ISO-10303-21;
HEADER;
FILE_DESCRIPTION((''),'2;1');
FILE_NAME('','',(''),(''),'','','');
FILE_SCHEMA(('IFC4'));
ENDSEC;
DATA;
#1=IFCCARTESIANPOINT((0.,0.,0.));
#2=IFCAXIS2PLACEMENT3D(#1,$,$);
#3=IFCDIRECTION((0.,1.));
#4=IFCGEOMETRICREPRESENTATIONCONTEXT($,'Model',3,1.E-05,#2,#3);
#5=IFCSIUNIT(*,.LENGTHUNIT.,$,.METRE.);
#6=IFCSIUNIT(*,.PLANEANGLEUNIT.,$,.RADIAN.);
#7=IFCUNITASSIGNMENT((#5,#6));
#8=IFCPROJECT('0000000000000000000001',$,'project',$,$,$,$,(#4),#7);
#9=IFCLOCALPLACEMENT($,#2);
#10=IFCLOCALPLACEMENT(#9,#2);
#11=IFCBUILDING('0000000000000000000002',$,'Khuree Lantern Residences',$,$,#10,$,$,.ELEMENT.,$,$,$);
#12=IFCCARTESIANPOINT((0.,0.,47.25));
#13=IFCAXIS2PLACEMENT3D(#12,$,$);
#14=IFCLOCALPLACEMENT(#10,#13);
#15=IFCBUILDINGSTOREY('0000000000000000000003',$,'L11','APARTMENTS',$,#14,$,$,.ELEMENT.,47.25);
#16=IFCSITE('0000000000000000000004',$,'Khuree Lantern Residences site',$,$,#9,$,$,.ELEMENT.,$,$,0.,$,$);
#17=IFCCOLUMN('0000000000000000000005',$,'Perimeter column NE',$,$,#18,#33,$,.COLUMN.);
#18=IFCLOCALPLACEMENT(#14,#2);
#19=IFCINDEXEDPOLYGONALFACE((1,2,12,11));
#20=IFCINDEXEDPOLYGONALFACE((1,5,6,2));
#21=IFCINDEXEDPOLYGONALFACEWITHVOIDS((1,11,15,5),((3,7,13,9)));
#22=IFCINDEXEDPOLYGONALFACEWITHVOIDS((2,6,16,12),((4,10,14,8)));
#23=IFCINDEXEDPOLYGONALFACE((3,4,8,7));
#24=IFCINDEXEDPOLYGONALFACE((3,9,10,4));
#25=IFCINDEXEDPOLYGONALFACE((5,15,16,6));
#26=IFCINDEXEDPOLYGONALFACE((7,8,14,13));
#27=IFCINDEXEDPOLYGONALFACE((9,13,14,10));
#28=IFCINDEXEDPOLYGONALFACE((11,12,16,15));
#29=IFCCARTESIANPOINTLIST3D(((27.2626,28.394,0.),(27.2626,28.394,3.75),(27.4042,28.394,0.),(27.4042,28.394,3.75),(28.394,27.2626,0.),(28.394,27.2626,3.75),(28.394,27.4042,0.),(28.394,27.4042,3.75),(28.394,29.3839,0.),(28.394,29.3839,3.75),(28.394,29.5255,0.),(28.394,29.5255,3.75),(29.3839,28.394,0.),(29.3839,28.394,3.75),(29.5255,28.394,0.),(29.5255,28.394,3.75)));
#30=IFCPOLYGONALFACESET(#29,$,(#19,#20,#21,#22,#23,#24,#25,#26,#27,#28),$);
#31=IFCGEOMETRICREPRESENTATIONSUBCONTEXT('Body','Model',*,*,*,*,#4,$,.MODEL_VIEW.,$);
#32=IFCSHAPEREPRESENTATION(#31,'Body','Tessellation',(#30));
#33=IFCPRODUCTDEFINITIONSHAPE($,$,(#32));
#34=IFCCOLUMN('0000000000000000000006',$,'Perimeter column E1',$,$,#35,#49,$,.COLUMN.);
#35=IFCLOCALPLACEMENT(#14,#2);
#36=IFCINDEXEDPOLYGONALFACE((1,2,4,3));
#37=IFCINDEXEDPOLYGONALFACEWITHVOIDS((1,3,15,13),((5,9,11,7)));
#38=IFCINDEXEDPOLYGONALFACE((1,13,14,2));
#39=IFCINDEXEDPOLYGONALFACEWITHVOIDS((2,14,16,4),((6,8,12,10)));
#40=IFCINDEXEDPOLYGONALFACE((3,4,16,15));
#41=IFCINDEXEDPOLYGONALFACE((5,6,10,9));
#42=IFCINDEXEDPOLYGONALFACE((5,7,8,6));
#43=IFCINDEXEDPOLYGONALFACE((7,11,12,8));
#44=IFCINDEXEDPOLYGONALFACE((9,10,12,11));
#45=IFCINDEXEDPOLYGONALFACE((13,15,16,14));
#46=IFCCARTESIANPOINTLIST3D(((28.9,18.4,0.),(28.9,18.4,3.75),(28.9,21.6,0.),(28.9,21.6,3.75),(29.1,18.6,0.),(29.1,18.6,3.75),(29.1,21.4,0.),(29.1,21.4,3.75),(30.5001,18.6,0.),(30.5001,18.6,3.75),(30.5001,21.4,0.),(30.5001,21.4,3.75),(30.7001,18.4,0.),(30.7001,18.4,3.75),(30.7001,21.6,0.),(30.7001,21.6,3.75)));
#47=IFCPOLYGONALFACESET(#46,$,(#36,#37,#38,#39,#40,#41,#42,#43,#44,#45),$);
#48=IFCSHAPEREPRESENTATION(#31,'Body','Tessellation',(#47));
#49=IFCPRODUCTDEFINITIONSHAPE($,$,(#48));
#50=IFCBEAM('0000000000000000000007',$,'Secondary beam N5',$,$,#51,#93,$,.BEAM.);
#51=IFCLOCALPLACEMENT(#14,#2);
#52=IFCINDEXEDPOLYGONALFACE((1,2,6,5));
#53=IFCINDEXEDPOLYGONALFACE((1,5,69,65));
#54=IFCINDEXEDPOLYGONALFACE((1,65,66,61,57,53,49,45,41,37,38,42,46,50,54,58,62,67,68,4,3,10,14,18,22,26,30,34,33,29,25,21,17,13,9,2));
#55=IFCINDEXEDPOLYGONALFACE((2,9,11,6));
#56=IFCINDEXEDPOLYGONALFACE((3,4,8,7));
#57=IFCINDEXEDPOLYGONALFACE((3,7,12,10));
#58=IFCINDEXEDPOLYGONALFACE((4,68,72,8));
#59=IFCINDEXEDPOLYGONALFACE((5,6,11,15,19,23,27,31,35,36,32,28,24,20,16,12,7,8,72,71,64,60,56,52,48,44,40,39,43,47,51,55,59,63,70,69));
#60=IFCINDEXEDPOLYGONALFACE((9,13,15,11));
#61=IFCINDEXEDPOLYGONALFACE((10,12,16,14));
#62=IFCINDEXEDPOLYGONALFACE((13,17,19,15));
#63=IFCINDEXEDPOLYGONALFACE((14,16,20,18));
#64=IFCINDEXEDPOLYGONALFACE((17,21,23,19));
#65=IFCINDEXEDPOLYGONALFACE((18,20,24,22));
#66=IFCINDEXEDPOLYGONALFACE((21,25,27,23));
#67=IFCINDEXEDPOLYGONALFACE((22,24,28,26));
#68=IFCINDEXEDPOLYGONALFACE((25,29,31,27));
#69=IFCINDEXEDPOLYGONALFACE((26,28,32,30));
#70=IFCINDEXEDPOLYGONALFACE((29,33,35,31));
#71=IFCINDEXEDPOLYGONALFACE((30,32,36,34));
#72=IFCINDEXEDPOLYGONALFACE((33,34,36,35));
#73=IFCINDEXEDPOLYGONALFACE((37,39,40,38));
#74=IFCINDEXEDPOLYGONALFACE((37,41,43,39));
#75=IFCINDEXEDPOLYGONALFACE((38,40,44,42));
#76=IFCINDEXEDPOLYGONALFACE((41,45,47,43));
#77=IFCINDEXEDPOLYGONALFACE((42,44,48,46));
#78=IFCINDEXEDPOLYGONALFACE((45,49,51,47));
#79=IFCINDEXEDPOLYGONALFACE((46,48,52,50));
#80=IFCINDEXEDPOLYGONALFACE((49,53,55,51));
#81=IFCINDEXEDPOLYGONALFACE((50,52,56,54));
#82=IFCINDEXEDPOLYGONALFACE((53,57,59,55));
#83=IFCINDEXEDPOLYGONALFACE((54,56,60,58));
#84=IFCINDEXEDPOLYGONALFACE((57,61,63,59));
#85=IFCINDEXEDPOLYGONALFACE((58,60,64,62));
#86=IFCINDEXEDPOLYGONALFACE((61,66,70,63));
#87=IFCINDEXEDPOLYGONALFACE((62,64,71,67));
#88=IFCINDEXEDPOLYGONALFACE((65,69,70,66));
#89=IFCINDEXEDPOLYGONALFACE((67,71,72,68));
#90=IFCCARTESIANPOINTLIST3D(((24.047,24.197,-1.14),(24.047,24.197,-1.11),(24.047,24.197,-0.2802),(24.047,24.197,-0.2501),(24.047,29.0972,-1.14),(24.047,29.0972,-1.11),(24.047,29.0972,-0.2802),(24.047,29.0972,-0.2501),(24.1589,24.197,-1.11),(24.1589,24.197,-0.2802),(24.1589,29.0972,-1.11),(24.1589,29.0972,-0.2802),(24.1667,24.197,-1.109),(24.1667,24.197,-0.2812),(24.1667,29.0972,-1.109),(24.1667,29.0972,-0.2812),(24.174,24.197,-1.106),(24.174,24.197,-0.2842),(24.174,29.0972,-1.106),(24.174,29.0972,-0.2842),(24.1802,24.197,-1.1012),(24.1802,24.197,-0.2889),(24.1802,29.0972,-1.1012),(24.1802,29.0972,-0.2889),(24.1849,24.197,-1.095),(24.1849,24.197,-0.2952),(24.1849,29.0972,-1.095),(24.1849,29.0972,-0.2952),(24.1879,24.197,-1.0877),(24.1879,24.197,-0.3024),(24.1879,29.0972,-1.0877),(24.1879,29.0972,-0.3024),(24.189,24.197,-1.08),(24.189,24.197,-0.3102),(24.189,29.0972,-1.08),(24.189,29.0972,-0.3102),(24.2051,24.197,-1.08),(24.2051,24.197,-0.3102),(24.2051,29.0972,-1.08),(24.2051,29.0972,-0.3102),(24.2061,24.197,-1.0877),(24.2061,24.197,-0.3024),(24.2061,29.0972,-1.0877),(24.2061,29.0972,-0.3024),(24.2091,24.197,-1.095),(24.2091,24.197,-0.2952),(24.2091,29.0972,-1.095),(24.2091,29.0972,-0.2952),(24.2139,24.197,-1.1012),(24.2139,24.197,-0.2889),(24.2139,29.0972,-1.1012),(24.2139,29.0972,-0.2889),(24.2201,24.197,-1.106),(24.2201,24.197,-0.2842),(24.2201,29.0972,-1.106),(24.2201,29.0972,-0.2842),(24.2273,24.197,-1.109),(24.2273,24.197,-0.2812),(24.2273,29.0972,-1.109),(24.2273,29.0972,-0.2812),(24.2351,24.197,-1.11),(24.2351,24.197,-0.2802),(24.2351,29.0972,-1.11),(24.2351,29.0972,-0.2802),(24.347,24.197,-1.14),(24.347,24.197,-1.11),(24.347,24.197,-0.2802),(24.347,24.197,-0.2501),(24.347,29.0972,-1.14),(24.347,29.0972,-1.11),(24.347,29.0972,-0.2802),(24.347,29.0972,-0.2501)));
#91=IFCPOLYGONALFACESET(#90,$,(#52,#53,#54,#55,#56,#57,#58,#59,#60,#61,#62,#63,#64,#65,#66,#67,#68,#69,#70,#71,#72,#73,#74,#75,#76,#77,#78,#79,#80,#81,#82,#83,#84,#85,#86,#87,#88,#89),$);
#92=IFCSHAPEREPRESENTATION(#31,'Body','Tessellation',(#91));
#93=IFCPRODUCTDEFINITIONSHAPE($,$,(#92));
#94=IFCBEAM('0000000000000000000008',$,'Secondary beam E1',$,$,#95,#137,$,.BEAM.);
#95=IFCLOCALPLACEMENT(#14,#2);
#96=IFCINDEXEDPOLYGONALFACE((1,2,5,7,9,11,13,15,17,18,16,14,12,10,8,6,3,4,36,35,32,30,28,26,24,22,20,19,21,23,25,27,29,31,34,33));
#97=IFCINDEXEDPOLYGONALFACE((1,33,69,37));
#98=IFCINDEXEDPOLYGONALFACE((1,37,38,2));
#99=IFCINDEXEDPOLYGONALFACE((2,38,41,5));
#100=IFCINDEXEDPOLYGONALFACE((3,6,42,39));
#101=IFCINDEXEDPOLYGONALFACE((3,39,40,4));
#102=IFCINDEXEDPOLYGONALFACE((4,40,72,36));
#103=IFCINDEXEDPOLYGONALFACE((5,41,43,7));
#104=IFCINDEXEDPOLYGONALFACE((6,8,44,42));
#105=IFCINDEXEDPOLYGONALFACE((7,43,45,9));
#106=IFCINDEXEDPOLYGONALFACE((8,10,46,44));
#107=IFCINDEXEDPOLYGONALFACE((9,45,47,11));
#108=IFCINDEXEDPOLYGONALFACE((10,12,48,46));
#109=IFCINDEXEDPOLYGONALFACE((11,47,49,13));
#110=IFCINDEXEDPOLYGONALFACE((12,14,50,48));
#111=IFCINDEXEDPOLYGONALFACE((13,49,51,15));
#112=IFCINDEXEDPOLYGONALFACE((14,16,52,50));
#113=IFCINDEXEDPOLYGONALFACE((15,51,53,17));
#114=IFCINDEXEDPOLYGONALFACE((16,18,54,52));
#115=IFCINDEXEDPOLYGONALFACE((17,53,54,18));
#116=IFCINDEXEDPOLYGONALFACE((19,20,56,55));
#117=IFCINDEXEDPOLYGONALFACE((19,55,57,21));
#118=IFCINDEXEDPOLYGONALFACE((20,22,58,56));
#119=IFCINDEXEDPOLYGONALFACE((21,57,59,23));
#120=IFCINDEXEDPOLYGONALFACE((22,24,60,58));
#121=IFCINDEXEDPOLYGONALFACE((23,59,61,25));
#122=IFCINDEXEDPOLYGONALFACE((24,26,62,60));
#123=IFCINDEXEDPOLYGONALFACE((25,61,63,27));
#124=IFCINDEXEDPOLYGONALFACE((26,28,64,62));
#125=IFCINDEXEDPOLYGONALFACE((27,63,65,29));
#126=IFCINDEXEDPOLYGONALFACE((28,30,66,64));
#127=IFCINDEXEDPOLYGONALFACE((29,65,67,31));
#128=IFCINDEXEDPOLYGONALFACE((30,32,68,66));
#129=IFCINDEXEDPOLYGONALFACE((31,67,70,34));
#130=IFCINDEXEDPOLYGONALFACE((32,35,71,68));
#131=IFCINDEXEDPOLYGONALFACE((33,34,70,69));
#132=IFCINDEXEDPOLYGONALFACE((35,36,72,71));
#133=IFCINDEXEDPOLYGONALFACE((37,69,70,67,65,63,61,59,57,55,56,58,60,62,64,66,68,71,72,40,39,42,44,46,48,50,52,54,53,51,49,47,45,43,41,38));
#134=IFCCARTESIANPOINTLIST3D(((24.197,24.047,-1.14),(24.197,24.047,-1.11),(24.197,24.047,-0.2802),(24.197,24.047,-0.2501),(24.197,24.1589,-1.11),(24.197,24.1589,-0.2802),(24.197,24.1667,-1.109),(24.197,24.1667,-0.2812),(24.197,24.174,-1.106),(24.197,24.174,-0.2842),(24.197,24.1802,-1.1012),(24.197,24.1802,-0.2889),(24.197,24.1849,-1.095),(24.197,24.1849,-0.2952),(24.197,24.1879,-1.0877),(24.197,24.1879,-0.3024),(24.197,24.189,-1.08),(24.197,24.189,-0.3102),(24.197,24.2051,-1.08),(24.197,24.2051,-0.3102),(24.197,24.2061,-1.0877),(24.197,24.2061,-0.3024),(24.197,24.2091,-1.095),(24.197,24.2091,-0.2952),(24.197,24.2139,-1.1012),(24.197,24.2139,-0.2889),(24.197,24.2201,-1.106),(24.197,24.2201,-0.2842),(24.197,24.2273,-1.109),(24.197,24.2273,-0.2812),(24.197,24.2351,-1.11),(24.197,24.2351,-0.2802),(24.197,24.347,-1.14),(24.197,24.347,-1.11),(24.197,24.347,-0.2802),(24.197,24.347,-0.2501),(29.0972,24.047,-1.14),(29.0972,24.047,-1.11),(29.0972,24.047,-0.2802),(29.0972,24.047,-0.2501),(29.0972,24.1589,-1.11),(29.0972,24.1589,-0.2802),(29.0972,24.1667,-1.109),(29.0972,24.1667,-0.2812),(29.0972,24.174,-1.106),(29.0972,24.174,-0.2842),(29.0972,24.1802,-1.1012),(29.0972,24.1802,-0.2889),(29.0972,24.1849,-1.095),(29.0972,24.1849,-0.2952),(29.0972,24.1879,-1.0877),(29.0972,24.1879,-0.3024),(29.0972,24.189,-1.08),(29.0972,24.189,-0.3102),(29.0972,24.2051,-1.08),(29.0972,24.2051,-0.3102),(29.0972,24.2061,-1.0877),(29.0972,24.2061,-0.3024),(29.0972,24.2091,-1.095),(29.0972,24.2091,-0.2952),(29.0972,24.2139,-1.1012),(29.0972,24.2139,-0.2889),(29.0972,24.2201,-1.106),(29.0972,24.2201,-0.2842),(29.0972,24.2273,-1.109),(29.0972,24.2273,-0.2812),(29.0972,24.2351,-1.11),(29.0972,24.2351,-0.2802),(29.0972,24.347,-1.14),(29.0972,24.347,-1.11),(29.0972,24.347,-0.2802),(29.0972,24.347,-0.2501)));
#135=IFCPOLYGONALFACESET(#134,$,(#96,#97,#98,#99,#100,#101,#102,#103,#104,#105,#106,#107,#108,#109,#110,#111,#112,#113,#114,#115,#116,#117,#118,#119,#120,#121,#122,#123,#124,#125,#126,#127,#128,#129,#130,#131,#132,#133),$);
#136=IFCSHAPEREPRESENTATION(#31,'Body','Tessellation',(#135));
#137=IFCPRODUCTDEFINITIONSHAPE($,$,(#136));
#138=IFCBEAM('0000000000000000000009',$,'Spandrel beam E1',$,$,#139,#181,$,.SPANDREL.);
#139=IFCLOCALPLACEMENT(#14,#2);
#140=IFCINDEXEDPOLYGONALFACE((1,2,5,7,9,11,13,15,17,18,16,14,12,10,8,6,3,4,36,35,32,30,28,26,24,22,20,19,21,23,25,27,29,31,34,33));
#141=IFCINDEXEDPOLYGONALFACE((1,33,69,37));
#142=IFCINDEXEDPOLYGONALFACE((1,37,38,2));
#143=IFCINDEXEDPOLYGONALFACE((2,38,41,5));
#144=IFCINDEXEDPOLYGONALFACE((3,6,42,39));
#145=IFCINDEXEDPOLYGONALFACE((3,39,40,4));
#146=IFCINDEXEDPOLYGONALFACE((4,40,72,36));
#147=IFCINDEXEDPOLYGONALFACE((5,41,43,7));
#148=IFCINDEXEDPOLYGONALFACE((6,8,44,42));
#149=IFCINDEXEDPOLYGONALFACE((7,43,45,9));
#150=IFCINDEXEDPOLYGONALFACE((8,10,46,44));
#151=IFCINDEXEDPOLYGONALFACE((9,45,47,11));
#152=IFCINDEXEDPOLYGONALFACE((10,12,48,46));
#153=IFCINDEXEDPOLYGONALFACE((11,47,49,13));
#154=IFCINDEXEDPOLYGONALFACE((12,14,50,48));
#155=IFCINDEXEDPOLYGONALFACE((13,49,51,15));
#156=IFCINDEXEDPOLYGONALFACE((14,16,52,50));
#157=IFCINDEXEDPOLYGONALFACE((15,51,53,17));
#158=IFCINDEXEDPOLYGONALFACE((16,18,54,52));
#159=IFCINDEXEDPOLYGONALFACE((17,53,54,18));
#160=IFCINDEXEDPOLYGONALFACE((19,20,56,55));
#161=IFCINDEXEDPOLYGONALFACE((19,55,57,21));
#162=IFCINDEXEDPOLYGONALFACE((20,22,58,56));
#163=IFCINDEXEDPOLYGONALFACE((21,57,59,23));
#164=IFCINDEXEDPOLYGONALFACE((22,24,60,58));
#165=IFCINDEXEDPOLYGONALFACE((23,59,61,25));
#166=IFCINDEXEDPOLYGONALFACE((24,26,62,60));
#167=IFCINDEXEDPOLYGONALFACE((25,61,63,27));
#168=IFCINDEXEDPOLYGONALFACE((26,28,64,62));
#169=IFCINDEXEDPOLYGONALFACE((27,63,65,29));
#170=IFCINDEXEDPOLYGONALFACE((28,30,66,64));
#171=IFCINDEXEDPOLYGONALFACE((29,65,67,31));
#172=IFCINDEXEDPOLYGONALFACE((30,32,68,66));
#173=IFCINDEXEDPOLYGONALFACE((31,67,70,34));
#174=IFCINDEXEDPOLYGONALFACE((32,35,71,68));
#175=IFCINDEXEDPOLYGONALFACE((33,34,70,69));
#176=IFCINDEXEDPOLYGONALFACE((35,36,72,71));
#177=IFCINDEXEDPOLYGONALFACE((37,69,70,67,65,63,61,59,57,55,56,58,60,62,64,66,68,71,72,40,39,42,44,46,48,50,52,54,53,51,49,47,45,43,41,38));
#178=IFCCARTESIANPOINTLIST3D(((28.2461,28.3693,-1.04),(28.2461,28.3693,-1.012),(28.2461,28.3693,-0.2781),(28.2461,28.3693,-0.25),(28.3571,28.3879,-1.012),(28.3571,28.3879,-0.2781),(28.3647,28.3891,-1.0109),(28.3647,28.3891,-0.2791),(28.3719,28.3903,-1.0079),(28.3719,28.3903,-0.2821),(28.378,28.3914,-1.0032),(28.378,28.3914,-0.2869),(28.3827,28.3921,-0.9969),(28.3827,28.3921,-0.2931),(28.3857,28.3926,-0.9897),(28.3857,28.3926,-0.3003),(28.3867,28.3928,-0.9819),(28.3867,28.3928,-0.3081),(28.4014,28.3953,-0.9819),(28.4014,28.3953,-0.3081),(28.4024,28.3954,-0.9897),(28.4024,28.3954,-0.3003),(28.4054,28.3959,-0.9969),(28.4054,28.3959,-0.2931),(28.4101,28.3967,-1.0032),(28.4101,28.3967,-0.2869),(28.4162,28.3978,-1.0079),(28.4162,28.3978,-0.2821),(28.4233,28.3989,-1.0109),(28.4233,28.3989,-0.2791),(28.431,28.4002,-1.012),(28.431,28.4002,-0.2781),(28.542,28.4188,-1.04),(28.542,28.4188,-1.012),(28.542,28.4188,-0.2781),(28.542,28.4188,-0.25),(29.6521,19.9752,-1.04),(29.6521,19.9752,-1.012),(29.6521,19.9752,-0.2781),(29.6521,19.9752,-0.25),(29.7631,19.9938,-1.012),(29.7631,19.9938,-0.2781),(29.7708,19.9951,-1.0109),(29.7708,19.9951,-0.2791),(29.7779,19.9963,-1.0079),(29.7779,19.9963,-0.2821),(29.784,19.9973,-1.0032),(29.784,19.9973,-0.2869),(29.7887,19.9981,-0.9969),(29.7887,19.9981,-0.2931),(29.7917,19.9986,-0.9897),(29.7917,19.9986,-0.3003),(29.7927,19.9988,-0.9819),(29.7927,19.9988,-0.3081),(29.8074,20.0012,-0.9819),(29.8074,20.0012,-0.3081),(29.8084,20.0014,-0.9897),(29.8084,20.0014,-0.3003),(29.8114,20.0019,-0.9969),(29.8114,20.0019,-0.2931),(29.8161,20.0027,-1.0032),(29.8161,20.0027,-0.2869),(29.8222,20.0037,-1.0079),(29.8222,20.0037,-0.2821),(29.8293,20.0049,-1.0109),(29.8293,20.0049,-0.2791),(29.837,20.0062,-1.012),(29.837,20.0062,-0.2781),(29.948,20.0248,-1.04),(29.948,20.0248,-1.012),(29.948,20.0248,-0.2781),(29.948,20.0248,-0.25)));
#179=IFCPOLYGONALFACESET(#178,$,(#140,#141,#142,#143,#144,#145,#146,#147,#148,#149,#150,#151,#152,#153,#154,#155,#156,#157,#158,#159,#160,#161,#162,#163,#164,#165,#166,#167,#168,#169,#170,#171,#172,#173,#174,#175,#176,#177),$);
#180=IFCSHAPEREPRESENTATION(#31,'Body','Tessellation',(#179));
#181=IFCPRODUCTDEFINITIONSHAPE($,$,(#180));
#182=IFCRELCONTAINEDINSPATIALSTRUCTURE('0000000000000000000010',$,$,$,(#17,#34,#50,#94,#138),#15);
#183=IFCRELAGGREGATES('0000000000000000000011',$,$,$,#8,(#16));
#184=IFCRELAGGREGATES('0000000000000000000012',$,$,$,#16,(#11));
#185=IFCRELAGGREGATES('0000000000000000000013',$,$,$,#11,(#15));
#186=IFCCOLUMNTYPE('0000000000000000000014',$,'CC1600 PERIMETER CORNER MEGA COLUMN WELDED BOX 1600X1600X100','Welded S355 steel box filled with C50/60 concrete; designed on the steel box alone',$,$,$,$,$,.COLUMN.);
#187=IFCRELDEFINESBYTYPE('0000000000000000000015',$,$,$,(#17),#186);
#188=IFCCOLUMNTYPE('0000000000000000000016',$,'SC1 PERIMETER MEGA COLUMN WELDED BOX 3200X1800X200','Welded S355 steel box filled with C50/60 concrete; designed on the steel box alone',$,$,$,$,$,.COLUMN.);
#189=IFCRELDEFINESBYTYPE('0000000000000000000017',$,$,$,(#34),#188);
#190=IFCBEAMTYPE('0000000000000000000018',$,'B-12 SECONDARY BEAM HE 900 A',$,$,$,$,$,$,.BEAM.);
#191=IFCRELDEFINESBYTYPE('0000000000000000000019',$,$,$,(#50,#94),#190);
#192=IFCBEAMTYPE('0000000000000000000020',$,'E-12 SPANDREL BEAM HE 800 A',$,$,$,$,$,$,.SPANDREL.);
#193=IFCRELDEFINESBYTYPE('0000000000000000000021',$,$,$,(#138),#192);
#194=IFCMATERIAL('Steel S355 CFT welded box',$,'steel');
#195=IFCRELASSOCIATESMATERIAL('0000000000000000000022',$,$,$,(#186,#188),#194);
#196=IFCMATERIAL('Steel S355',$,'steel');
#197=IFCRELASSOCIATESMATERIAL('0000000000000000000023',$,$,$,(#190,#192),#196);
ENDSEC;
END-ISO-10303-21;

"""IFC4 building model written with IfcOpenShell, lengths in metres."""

from ifc_helpers import new_model, si_unit, direction, frame, origin, origin_2d, place, context, subcontext, project, spatial, hollow_rectangle, i_section, extrude, material, material_profile, profile_set, type_object, element, save


model = new_model("IFC4")

# Units and contexts
model_context = context("Model", 3, precision=1e-05, world=origin(), true_north=direction((0.0, 1.0)))
body_context = subcontext(model_context, "Body", "Model", "MODEL_VIEW")
ifc_project = project(units=[si_unit("LENGTHUNIT", "METRE"), si_unit("PLANEANGLEUNIT", "RADIAN")], contexts=[model_context])

# Site, building, storey
site_placement = place(None, origin())
site = spatial("IfcSite", under=ifc_project, at=site_placement, Name="Khuree Lantern Residences site", CompositionType="ELEMENT", RefElevation=0.0)
building_placement = place(site_placement, origin())
building = spatial("IfcBuilding", under=site, at=building_placement, Name="Khuree Lantern Residences", CompositionType="ELEMENT")
storey_placement = place(building_placement, frame((0.0, 0.0, 47.25)))
storey = spatial("IfcBuildingStorey", under=building, at=storey_placement, Name="L11", Description="APARTMENTS", CompositionType="ELEMENT", Elevation=47.25)

# Columns
ifc_material_1 = material(Name="Steel S355 CFT welded box", Category="steel")
ifc_material_profile_1 = material_profile(ifc_material_1, hollow_rectangle(XDim=1.6001, YDim=1.6001, WallThickness=0.1001, at=origin_2d()), Name="WELDED BOX 1600X1600X100")
ifc_profile_set_1 = profile_set([ifc_material_profile_1], Name="Steel S355 CFT welded box")
column_type_1 = type_object("IfcColumnType", Name="CC1600 PERIMETER CORNER MEGA COLUMN WELDED BOX 1600X1600X100", Description="Welded S355 steel box filled with C50/60 concrete; designed on the steel box alone", PredefinedType="COLUMN", material=ifc_profile_set_1)
column_1_placement = place(storey_placement, frame((28.394, 28.394, 0.0), z_axis=(0.0, 0.0, 1.0), x_axis=(0.707107, -0.707107, 0.0)))
element("IfcColumn", 1, at=column_1_placement, inside=storey, type_object=column_type_1, Name="Perimeter column NE", PredefinedType="COLUMN", context=body_context, shape_type="SweptSolid", body=[
    extrude(hollow_rectangle(XDim=1.6001, YDim=1.6001, WallThickness=0.1001, at=origin_2d()), origin(), (0.0, 0.0, 1.0), 3.75),
])
ifc_material_profile_2 = material_profile(ifc_material_1, hollow_rectangle(XDim=3.2, YDim=1.8, WallThickness=0.2, at=origin_2d()), Name="WELDED BOX 3200X1800X200")
ifc_profile_set_2 = profile_set([ifc_material_profile_2], Name="Steel S355 CFT welded box")
column_type_2 = type_object("IfcColumnType", Name="SC1 PERIMETER MEGA COLUMN WELDED BOX 3200X1800X200", Description="Welded S355 steel box filled with C50/60 concrete; designed on the steel box alone", PredefinedType="COLUMN", material=ifc_profile_set_2)
column_2_placement = place(storey_placement, frame((29.8, 20.0, 0.0), z_axis=(0.0, 0.0, 1.0), x_axis=(0.0, 1.0, 0.0)))
element("IfcColumn", 2, at=column_2_placement, inside=storey, type_object=column_type_2, Name="Perimeter column E1", PredefinedType="COLUMN", context=body_context, shape_type="SweptSolid", body=[
    extrude(hollow_rectangle(XDim=3.2, YDim=1.8, WallThickness=0.2, at=origin_2d()), origin(), (0.0, 0.0, 1.0), 3.75),
])

# Beams
ifc_material_2 = material(Name="Steel S355", Category="steel")
ifc_material_profile_3 = material_profile(ifc_material_2, i_section(OverallWidth=0.3, OverallDepth=0.8899, WebThickness=0.0161, FlangeThickness=0.03, FilletRadius=0.03, at=origin_2d()), Name="HE 900 A")
ifc_profile_set_3 = profile_set([ifc_material_profile_3], Name="Steel S355")
beam_type_1 = type_object("IfcBeamType", Name="B-12 SECONDARY BEAM HE 900 A", PredefinedType="BEAM", material=ifc_profile_set_3)
for number, where, z_axis, x_axis, name in (
    (3, (24.197, 29.0972, -0.6951), (0.0, -1.0, 0.0), (1.0, 0.0, 0.0), "Secondary beam N5"),
    (4, (29.0972, 24.197, -0.6951), (-1.0, 0.0, 0.0), (0.0, -1.0, 0.0), "Secondary beam E1"),
):
    element("IfcBeam", number, at=place(storey_placement, frame(where, z_axis=z_axis, x_axis=x_axis)), inside=storey, type_object=beam_type_1, Name=name, PredefinedType="BEAM", context=body_context, shape_type="SweptSolid", body=[
        extrude(i_section(OverallWidth=0.3, OverallDepth=0.8899, WebThickness=0.0161, FlangeThickness=0.03, FilletRadius=0.03, at=origin_2d()), origin(), (0.0, 0.0, 1.0), 4.9001),
    ])
ifc_material_profile_4 = material_profile(ifc_material_2, i_section(OverallWidth=0.3, OverallDepth=0.79, WebThickness=0.0149, FlangeThickness=0.0281, FilletRadius=0.03, at=origin_2d()), Name="HE 800 A")
ifc_profile_set_4 = profile_set([ifc_material_profile_4], Name="Steel S355")
beam_type_2 = type_object("IfcBeamType", Name="E-12 SPANDREL BEAM HE 800 A", PredefinedType="SPANDREL", material=ifc_profile_set_4)
beam_1_placement = place(storey_placement, frame((28.394, 28.394, -0.645), z_axis=(0.165199, -0.98626, 0.0), x_axis=(0.98626, 0.165199, 0.0)))
element("IfcBeam", 5, at=beam_1_placement, inside=storey, type_object=beam_type_2, Name="Spandrel beam E1", PredefinedType="SPANDREL", context=body_context, shape_type="SweptSolid", body=[
    extrude(i_section(OverallWidth=0.3, OverallDepth=0.79, WebThickness=0.0149, FlangeThickness=0.0281, FilletRadius=0.03, at=origin_2d()), origin(), (0.0, 0.0, 1.0), 8.511),
])

save(model, "model.ifc")
